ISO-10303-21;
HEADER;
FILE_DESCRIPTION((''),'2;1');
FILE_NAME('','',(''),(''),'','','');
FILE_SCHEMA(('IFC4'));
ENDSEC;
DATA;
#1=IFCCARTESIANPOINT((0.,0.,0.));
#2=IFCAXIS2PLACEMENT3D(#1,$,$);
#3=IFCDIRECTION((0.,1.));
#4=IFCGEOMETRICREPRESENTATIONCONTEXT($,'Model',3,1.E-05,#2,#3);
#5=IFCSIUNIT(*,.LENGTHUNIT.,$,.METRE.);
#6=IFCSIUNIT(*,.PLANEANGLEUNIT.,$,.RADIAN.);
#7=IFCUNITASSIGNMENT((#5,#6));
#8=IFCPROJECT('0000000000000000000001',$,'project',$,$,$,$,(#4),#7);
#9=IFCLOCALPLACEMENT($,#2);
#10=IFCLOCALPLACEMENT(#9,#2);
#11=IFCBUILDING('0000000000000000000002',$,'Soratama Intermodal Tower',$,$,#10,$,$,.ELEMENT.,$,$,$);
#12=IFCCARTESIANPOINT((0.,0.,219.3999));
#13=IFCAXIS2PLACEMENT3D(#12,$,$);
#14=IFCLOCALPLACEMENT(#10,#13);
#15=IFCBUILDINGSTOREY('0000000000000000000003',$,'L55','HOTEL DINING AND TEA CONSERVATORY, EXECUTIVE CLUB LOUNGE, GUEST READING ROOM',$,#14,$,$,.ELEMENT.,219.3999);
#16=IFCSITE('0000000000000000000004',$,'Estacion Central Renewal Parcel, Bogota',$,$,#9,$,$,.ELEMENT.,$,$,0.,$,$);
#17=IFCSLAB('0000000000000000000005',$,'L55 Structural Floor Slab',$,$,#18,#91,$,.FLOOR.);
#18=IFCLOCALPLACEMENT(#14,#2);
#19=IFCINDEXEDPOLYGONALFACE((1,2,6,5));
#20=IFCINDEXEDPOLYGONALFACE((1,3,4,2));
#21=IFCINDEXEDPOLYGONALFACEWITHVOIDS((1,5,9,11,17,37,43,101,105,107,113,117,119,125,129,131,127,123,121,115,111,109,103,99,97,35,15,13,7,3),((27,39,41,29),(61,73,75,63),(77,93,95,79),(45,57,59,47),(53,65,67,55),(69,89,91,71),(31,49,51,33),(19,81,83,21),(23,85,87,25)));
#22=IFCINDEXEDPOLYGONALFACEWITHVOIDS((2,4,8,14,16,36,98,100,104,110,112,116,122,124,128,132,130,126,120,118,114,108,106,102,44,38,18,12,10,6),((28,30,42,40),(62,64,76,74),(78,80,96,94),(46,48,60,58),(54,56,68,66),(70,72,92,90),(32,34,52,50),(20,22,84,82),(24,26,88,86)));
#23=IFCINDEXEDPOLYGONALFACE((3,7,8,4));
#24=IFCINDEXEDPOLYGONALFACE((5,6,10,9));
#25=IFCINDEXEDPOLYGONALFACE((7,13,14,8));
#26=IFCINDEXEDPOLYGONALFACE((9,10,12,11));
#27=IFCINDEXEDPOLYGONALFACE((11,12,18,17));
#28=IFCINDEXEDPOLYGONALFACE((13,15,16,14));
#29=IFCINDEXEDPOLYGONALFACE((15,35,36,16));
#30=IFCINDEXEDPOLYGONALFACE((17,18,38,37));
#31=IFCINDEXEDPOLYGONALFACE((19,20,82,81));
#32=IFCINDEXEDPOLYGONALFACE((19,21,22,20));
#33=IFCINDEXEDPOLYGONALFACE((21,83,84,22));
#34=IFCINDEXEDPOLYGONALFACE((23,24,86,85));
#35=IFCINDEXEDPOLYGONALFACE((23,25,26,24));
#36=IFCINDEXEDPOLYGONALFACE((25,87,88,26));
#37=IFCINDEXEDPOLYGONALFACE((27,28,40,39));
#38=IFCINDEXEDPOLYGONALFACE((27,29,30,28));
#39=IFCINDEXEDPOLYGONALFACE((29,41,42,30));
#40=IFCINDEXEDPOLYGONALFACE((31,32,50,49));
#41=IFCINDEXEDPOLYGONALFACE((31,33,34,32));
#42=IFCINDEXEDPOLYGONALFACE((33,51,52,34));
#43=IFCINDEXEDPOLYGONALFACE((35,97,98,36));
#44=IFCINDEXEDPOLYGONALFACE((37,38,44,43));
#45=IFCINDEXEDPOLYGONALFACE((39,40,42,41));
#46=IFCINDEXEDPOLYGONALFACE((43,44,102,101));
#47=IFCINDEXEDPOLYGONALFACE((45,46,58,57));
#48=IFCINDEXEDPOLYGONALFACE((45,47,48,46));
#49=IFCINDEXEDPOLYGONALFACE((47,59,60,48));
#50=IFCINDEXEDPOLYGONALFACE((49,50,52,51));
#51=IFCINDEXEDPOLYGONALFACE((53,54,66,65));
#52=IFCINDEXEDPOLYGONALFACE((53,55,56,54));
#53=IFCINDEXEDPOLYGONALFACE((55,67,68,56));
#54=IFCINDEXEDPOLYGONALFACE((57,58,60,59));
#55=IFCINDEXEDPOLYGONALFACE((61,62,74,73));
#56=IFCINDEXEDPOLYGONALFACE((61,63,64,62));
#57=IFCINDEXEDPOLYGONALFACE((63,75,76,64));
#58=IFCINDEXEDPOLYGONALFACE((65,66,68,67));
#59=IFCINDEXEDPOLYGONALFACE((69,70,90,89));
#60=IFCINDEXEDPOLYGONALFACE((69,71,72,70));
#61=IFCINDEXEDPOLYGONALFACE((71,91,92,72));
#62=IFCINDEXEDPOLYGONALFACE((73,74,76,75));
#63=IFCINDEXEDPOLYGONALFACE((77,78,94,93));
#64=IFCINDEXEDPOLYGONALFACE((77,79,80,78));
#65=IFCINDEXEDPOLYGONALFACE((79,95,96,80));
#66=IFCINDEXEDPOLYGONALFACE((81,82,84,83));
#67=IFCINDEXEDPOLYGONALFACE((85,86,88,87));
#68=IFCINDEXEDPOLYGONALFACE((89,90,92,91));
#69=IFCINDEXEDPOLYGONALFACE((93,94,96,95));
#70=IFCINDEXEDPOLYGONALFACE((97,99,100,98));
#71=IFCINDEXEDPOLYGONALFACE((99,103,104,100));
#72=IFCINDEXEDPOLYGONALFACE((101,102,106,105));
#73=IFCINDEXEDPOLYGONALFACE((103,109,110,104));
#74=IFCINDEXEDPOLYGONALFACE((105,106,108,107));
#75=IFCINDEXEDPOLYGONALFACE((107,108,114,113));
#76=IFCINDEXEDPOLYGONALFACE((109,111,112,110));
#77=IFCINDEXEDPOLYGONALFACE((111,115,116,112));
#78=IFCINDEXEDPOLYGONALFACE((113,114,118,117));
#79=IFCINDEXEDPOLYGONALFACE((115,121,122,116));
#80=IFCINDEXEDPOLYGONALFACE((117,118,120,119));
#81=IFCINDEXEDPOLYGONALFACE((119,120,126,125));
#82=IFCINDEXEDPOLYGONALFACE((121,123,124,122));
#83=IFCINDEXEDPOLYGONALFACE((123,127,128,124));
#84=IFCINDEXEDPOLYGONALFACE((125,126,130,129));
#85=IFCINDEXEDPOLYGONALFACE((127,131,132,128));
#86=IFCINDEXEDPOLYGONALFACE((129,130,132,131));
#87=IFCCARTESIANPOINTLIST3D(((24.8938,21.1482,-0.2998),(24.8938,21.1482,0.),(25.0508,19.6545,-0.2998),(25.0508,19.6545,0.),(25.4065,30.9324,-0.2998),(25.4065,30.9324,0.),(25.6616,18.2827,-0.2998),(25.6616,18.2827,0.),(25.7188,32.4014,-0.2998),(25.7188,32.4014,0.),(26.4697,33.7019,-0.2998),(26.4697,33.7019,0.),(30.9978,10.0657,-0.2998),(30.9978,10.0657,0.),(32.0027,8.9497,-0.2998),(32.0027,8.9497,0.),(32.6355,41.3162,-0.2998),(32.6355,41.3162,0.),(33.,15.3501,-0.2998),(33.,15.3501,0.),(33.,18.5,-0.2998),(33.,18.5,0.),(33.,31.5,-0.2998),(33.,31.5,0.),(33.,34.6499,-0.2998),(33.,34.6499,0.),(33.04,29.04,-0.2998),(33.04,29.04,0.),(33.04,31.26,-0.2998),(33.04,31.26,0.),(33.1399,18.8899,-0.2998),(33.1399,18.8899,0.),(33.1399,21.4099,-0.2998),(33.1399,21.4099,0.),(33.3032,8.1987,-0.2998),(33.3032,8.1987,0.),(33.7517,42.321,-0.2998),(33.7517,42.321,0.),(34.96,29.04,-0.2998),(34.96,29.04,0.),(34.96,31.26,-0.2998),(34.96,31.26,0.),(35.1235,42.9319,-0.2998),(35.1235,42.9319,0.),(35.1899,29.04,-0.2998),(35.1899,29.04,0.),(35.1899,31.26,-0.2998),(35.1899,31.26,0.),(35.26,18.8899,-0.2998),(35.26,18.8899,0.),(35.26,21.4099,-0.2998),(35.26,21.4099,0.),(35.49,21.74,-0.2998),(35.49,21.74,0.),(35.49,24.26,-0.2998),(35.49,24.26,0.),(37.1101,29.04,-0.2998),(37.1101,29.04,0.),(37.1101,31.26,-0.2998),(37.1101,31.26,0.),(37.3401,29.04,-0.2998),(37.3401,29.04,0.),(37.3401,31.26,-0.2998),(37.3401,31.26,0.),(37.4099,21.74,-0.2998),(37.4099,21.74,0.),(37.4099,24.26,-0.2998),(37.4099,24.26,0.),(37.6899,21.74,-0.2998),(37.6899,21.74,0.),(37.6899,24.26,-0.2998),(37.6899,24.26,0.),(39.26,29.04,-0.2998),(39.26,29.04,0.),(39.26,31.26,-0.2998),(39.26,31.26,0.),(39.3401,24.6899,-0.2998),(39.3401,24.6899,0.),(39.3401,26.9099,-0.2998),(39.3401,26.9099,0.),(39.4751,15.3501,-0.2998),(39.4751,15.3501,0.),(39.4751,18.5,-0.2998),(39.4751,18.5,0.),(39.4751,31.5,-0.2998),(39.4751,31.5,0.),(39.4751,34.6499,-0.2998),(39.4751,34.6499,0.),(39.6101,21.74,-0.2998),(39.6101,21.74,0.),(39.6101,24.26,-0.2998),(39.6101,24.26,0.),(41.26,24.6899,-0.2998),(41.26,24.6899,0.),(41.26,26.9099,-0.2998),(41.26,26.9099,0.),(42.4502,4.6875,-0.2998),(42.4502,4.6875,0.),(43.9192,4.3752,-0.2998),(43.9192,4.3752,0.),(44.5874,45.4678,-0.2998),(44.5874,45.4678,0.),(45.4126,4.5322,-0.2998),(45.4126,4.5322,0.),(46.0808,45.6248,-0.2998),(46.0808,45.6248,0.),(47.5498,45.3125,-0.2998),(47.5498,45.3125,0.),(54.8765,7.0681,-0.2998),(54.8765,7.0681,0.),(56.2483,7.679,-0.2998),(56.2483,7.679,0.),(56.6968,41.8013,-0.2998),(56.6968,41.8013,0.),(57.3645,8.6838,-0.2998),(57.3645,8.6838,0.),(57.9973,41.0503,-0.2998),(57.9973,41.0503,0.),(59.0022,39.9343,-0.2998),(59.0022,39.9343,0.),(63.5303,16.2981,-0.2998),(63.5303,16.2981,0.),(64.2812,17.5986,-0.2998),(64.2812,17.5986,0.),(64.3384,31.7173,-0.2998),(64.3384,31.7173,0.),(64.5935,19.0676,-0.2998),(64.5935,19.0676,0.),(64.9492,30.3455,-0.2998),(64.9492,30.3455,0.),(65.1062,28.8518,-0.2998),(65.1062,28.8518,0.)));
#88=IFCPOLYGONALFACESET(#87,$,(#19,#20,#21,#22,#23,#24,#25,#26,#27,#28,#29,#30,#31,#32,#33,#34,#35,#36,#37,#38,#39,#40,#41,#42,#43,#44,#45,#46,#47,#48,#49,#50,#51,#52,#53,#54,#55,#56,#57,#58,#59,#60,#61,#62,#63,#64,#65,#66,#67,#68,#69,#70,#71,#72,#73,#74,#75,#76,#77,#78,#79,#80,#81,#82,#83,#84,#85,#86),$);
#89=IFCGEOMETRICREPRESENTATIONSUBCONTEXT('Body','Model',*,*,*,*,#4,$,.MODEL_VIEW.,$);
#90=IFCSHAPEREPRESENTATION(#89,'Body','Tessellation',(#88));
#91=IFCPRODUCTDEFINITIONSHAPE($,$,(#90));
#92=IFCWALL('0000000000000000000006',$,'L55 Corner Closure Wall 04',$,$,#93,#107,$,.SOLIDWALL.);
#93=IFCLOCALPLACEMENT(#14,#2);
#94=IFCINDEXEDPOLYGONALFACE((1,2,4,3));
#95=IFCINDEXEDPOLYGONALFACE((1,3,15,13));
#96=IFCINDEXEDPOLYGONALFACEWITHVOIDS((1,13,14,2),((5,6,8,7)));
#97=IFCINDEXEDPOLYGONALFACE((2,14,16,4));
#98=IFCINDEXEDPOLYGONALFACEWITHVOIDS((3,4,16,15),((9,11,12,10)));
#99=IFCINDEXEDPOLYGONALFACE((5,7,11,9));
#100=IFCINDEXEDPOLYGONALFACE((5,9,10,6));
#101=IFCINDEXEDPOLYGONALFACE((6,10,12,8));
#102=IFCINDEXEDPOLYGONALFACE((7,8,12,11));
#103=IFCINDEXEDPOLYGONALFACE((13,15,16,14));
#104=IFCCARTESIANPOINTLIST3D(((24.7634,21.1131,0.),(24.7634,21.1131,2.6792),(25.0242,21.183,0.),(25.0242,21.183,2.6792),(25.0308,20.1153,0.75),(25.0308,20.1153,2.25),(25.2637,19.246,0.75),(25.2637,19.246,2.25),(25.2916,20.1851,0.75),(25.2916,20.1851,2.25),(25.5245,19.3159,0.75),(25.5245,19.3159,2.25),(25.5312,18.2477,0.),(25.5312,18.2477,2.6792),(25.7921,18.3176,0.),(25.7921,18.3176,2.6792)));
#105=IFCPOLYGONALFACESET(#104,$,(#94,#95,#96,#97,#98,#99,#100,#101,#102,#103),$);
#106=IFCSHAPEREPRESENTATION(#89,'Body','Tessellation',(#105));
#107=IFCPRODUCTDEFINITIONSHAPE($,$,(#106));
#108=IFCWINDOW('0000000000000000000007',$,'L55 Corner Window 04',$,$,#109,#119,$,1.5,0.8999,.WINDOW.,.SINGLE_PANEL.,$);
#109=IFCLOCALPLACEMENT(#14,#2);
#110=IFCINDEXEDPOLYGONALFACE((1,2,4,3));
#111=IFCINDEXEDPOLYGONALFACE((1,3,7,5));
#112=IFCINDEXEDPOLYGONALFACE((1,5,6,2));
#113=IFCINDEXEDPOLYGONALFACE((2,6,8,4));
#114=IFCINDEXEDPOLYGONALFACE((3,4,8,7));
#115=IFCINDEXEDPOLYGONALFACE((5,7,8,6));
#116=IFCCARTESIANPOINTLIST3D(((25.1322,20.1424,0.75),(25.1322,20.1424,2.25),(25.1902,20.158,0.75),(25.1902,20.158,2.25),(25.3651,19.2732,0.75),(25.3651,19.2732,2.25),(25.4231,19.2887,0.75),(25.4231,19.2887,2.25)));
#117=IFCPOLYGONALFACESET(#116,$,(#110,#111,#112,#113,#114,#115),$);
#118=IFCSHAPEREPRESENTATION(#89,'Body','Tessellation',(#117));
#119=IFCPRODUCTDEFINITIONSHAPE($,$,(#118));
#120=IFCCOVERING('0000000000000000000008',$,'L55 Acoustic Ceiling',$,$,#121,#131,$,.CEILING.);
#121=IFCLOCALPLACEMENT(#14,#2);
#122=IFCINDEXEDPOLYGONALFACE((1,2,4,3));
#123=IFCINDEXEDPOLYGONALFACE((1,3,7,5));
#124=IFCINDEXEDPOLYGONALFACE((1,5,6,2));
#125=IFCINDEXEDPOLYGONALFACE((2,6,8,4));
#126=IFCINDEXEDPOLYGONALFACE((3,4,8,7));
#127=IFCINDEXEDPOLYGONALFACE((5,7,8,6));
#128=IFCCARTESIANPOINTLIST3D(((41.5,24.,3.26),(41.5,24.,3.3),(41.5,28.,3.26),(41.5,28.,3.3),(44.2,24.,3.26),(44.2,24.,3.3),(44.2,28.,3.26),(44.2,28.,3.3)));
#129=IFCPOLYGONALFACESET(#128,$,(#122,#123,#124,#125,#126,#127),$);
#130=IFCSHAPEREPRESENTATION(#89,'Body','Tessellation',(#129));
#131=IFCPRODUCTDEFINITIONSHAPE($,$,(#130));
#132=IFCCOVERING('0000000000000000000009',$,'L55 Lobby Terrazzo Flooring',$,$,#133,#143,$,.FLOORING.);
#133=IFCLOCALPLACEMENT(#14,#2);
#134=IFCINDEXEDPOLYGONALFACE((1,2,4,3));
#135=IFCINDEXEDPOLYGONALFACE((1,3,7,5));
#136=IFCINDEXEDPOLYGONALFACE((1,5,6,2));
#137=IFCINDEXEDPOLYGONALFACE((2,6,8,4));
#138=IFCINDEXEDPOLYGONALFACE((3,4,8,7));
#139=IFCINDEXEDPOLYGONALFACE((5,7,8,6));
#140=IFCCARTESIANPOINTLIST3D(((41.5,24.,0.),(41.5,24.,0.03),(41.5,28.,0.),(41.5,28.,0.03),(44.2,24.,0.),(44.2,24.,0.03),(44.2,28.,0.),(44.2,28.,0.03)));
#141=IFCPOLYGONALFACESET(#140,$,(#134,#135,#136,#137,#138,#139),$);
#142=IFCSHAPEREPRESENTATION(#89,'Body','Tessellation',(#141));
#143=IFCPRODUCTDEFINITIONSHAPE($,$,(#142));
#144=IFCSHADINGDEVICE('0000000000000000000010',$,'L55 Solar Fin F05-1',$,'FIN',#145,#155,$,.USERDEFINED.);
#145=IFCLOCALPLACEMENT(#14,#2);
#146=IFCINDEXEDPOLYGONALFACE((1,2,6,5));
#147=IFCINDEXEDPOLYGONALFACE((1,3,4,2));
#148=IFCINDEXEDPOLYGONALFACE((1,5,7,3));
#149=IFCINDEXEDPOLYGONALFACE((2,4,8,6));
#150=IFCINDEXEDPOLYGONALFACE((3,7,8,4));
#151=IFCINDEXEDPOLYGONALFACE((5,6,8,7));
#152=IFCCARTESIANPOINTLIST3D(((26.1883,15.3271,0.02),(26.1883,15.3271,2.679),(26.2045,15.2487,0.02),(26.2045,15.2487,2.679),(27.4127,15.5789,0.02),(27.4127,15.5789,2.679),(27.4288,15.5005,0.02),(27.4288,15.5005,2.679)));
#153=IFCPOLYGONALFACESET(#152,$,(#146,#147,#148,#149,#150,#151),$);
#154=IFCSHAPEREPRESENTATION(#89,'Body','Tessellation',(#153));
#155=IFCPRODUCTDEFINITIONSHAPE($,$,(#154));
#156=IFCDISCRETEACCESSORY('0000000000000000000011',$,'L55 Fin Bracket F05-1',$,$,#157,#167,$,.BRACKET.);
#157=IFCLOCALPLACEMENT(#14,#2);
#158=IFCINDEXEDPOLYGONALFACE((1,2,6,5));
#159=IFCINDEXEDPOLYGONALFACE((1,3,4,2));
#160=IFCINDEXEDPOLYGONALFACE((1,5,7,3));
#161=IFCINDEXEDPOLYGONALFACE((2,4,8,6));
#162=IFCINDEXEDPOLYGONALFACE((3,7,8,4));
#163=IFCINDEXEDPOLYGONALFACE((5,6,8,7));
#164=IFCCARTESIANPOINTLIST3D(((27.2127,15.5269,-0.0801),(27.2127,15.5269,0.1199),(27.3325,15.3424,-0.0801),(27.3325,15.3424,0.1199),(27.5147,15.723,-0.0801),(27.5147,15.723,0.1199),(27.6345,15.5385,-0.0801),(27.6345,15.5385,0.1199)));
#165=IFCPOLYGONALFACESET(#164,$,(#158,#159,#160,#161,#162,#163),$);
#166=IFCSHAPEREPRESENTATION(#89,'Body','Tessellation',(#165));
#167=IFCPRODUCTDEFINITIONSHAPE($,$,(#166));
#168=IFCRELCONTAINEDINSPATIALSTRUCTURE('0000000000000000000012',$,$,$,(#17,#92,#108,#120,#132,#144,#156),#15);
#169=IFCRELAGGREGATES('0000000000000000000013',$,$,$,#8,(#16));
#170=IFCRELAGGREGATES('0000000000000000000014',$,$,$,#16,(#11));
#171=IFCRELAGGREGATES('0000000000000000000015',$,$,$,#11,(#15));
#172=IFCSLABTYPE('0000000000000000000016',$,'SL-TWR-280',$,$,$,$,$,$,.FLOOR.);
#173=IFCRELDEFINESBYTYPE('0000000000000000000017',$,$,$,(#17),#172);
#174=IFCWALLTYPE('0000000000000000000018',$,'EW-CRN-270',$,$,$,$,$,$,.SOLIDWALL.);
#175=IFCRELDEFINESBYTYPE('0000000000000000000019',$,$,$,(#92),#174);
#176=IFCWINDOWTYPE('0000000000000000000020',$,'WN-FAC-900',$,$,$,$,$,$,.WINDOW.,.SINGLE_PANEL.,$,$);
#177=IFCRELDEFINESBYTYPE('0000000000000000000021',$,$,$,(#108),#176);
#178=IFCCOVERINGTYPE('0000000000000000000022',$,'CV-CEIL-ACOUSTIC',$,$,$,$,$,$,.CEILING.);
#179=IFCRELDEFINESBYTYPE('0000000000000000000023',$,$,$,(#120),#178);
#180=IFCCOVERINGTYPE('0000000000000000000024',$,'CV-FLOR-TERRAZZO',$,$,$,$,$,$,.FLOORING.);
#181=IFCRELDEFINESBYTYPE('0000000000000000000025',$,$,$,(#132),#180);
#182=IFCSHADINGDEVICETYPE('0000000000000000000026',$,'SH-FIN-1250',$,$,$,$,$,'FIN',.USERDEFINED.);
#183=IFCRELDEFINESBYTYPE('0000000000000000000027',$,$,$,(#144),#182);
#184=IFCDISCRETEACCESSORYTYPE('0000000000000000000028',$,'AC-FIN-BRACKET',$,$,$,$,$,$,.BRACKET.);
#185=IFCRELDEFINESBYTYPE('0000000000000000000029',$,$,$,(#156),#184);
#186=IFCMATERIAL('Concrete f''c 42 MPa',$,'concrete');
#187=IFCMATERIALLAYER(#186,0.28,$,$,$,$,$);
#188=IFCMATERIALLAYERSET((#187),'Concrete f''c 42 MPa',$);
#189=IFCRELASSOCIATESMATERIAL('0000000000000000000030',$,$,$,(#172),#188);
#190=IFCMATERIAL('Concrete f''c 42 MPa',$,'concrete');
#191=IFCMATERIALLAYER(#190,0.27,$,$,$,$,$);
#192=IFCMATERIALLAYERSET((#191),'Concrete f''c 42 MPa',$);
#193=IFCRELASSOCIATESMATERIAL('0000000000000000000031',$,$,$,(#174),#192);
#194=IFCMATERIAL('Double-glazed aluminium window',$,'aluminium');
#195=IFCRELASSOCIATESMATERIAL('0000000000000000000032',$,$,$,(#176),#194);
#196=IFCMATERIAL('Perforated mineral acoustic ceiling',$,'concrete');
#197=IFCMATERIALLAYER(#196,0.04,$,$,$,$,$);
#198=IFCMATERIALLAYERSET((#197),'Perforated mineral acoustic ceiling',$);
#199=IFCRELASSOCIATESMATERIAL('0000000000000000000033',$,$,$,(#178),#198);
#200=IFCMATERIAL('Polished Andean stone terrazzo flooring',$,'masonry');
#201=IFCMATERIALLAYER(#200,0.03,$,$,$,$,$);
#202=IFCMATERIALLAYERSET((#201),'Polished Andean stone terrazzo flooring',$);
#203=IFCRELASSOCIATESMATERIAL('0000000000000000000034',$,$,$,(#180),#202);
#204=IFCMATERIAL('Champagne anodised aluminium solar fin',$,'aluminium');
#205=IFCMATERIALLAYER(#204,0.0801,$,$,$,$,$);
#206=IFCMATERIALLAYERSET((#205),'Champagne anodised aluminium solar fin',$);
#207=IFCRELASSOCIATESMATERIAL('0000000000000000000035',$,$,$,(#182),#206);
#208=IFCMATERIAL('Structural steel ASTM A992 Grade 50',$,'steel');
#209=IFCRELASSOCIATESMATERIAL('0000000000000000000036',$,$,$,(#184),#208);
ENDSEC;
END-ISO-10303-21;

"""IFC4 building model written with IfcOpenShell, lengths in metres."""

from ifc_helpers import new_model, si_unit, direction, frame, frame_2d, origin, origin_2d, place, context, subcontext, project, spatial, polyline, rectangle, outline, extrude, material, layer, layer_set, type_object, element, fill, save


model = new_model("IFC4")

# Units and contexts
model_context = context("Model", 3, precision=1e-05, world=origin(), true_north=direction((0.0, 1.0)))
body_context = subcontext(model_context, "Body", "Model", "MODEL_VIEW")
ifc_project = project(units=[si_unit("LENGTHUNIT", "METRE"), si_unit("PLANEANGLEUNIT", "RADIAN")], contexts=[model_context])

# Site, building, storey
site_placement = place(None, origin())
site = spatial("IfcSite", under=ifc_project, at=site_placement, Name="Estacion Central Renewal Parcel, Bogota", CompositionType="ELEMENT", RefElevation=0.0)
building_placement = place(site_placement, origin())
building = spatial("IfcBuilding", under=site, at=building_placement, Name="Soratama Intermodal Tower", CompositionType="ELEMENT")
storey_placement = place(building_placement, frame((0.0, 0.0, 219.3999)))
storey = spatial("IfcBuildingStorey", under=building, at=storey_placement, Name="L55", Description="HOTEL DINING AND TEA CONSERVATORY, EXECUTIVE CLUB LOUNGE, GUEST READING ROOM", CompositionType="ELEMENT", Elevation=219.3999)

# Slab
ifc_material_1 = material(Name="Concrete f'c 42 MPa", Category="concrete")
ifc_layer_1 = layer(ifc_material_1, 0.28)
ifc_layer_set_1 = layer_set([ifc_layer_1], Name="Concrete f'c 42 MPa")
slab_type_1 = type_object("IfcSlabType", Name="SL-TWR-280", PredefinedType="FLOOR", material=ifc_layer_set_1)
slab_1_placement = place(storey_placement, frame((0.0, 0.0, -0.2998)))
element("IfcSlab", 1, at=slab_1_placement, inside=storey, type_object=slab_type_1, Name="L55 Structural Floor Slab", PredefinedType="FLOOR", context=body_context, shape_type="SweptSolid", body=[
    extrude(outline(polyline([(59.0022, 39.9343), (57.9973, 41.0503), (56.6968, 41.8013), (47.5498, 45.3125), (46.0808, 45.6248), (44.5874, 45.4678), (35.1235, 42.9319), (33.7517, 42.321), (32.6355, 41.3162), (26.4697, 33.7019), (25.7188, 32.4014), (25.4065, 30.9324), (24.8938, 21.1482), (25.0508, 19.6545), (25.6616, 18.2827), (30.9978, 10.0657), (32.0027, 8.9497), (33.3032, 8.1987), (42.4502, 4.6875), (43.9192, 4.3752), (45.4126, 4.5322), (54.8765, 7.0681), (56.2483, 7.679), (57.3645, 8.6838), (63.5303, 16.2981), (64.2812, 17.5986), (64.5935, 19.0676), (65.1062, 28.8518), (64.9492, 30.3455), (64.3384, 31.7173), (59.0022, 39.9343)]), holes=[polyline([(33.0, 18.5), (33.0, 15.3501), (39.4751, 15.3501), (39.4751, 18.5), (33.0, 18.5)]), polyline([(35.26, 21.4099), (33.1399, 21.4099), (33.1399, 18.8899), (35.26, 18.8899), (35.26, 21.4099)]), polyline([(37.4099, 24.26), (35.49, 24.26), (35.49, 21.74), (37.4099, 21.74), (37.4099, 24.26)]), polyline([(39.6101, 24.26), (37.6899, 24.26), (37.6899, 21.74), (39.6101, 21.74), (39.6101, 24.26)]), polyline([(41.26, 26.9099), (39.3401, 26.9099), (39.3401, 24.6899), (41.26, 24.6899), (41.26, 26.9099)]), polyline([(34.96, 31.26), (33.04, 31.26), (33.04, 29.04), (34.96, 29.04), (34.96, 31.26)]), polyline([(37.1101, 31.26), (35.1899, 31.26), (35.1899, 29.04), (37.1101, 29.04), (37.1101, 31.26)]), polyline([(39.26, 29.04), (39.26, 31.26), (37.3401, 31.26), (37.3401, 29.04), (39.26, 29.04)]), polyline([(39.4751, 34.6499), (33.0, 34.6499), (33.0, 31.5), (39.4751, 31.5), (39.4751, 34.6499)])]), origin(), (0.0, 0.0, 1.0), 0.2998),
])

# Wall, opening, window
ifc_material_2 = material(Name="Concrete f'c 42 MPa", Category="concrete")
ifc_layer_2 = layer(ifc_material_2, 0.27)
ifc_layer_set_2 = layer_set([ifc_layer_2], Name="Concrete f'c 42 MPa")
wall_type = type_object("IfcWallType", Name="EW-CRN-270", PredefinedType="SOLIDWALL", material=ifc_layer_set_2)
wall_placement = place(storey_placement, frame((24.8938, 21.1482, 0.0), z_axis=(0.0, 0.0, 1.0), x_axis=(0.258825, -0.965924, 0.0)))
wall = element("IfcWall", 2, at=wall_placement, inside=storey, type_object=wall_type, Name="L55 Corner Closure Wall 04", PredefinedType="SOLIDWALL", context=body_context, shape_type="SweptSolid", body=[
    extrude(rectangle(XDim=2.9666, YDim=0.27, at=frame_2d((1.4834, 0.0))), origin(), (0.0, 0.0, 1.0), 2.6792),
])
opening_placement = place(wall_placement, frame((1.0332, 0.0, 0.75)))
opening = element("IfcOpeningElement", 3, at=opening_placement, cuts=wall, PredefinedType="OPENING", context=body_context, shape_type="SweptSolid", body=[
    extrude(rectangle(XDim=0.8999, YDim=1.5, at=frame_2d((0.45, 0.75))), frame((0.0, 0.145, 0.0), z_axis=(0.0, -1.0, 0.0), x_axis=(1.0, 0.0, 0.0)), (0.0, 0.0, 1.0), 0.29),
])
ifc_material_3 = material(Name="Double-glazed aluminium window", Category="aluminium")
window_type = type_object("IfcWindowType", Name="WN-FAC-900", PartitioningType="SINGLE_PANEL", PredefinedType="WINDOW", material=ifc_material_3)
window_placement = place(opening_placement, origin())
window = element("IfcWindow", 4, at=window_placement, inside=storey, type_object=window_type, Name="L55 Corner Window 04", OverallHeight=1.5, OverallWidth=0.8999, PartitioningType="SINGLE_PANEL", PredefinedType="WINDOW", context=body_context, shape_type="SweptSolid", body=[
    extrude(rectangle(XDim=0.8999, YDim=1.5, at=frame_2d((0.45, 0.75))), frame((0.0, 0.03, 0.0), z_axis=(0.0, -1.0, 0.0), x_axis=(1.0, 0.0, 0.0)), (0.0, 0.0, 1.0), 0.0601),
])
fill(opening, window)

# Coverings
ifc_material_4 = material(Name="Perforated mineral acoustic ceiling", Category="concrete")
ifc_layer_3 = layer(ifc_material_4, 0.04)
ifc_layer_set_3 = layer_set([ifc_layer_3], Name="Perforated mineral acoustic ceiling")
covering_type_1 = type_object("IfcCoveringType", Name="CV-CEIL-ACOUSTIC", PredefinedType="CEILING", material=ifc_layer_set_3)
covering_1_placement = place(storey_placement, frame((0.0, 0.0, 3.26)))
element("IfcCovering", 5, at=covering_1_placement, inside=storey, type_object=covering_type_1, Name="L55 Acoustic Ceiling", PredefinedType="CEILING", context=body_context, shape_type="SweptSolid", body=[
    extrude(outline(polyline([(41.5, 24.0), (44.2, 24.0), (44.2, 28.0), (41.5, 28.0), (41.5, 24.0)])), origin(), (0.0, 0.0, 1.0), 0.04),
])
ifc_material_5 = material(Name="Polished Andean stone terrazzo flooring", Category="masonry")
ifc_layer_4 = layer(ifc_material_5, 0.03)
ifc_layer_set_4 = layer_set([ifc_layer_4], Name="Polished Andean stone terrazzo flooring")
covering_type_2 = type_object("IfcCoveringType", Name="CV-FLOR-TERRAZZO", PredefinedType="FLOORING", material=ifc_layer_set_4)
covering_2_placement = place(storey_placement, origin())
element("IfcCovering", 6, at=covering_2_placement, inside=storey, type_object=covering_type_2, Name="L55 Lobby Terrazzo Flooring", PredefinedType="FLOORING", context=body_context, shape_type="SweptSolid", body=[
    extrude(outline(polyline([(41.5, 24.0), (44.2, 24.0), (44.2, 28.0), (41.5, 28.0), (41.5, 24.0)])), origin(), (0.0, 0.0, 1.0), 0.03),
])

# Shading device
ifc_material_6 = material(Name="Champagne anodised aluminium solar fin", Category="aluminium")
ifc_layer_5 = layer(ifc_material_6, 0.0801)
ifc_layer_set_5 = layer_set([ifc_layer_5], Name="Champagne anodised aluminium solar fin")
shading_device_type = type_object("IfcShadingDeviceType", Name="SH-FIN-1250", ElementType="FIN", PredefinedType="USERDEFINED", material=ifc_layer_set_5)
shading_device_placement = place(storey_placement, frame((26.8086, 15.4138, 0.02), z_axis=(0.0, 0.0, 1.0), x_axis=(-0.979505, -0.20142, 0.0)))
element("IfcShadingDevice", 7, at=shading_device_placement, inside=storey, type_object=shading_device_type, Name="L55 Solar Fin F05-1", ObjectType="FIN", PredefinedType="USERDEFINED", context=body_context, shape_type="SweptSolid", body=[
    extrude(rectangle(XDim=1.25, YDim=0.0801, at=origin_2d()), origin(), (0.0, 0.0, 1.0), 2.6589),
])

# Discrete accessory
ifc_material_7 = material(Name="Structural steel ASTM A992 Grade 50", Category="steel")
discrete_accessory_type = type_object("IfcDiscreteAccessoryType", Name="AC-FIN-BRACKET", PredefinedType="BRACKET", material=ifc_material_7)
discrete_accessory_placement = place(storey_placement, frame((27.4236, 15.5327, -0.0801), z_axis=(0.0, 0.0, 1.0), x_axis=(-0.838671, -0.544639, 0.0)))
element("IfcDiscreteAccessory", 8, at=discrete_accessory_placement, inside=storey, type_object=discrete_accessory_type, Name="L55 Fin Bracket F05-1", PredefinedType="BRACKET", context=body_context, shape_type="SweptSolid", body=[
    extrude(rectangle(XDim=0.3601, YDim=0.22, at=origin_2d()), origin(), (0.0, 0.0, 1.0), 0.2),
])

save(model, "model.ifc")
